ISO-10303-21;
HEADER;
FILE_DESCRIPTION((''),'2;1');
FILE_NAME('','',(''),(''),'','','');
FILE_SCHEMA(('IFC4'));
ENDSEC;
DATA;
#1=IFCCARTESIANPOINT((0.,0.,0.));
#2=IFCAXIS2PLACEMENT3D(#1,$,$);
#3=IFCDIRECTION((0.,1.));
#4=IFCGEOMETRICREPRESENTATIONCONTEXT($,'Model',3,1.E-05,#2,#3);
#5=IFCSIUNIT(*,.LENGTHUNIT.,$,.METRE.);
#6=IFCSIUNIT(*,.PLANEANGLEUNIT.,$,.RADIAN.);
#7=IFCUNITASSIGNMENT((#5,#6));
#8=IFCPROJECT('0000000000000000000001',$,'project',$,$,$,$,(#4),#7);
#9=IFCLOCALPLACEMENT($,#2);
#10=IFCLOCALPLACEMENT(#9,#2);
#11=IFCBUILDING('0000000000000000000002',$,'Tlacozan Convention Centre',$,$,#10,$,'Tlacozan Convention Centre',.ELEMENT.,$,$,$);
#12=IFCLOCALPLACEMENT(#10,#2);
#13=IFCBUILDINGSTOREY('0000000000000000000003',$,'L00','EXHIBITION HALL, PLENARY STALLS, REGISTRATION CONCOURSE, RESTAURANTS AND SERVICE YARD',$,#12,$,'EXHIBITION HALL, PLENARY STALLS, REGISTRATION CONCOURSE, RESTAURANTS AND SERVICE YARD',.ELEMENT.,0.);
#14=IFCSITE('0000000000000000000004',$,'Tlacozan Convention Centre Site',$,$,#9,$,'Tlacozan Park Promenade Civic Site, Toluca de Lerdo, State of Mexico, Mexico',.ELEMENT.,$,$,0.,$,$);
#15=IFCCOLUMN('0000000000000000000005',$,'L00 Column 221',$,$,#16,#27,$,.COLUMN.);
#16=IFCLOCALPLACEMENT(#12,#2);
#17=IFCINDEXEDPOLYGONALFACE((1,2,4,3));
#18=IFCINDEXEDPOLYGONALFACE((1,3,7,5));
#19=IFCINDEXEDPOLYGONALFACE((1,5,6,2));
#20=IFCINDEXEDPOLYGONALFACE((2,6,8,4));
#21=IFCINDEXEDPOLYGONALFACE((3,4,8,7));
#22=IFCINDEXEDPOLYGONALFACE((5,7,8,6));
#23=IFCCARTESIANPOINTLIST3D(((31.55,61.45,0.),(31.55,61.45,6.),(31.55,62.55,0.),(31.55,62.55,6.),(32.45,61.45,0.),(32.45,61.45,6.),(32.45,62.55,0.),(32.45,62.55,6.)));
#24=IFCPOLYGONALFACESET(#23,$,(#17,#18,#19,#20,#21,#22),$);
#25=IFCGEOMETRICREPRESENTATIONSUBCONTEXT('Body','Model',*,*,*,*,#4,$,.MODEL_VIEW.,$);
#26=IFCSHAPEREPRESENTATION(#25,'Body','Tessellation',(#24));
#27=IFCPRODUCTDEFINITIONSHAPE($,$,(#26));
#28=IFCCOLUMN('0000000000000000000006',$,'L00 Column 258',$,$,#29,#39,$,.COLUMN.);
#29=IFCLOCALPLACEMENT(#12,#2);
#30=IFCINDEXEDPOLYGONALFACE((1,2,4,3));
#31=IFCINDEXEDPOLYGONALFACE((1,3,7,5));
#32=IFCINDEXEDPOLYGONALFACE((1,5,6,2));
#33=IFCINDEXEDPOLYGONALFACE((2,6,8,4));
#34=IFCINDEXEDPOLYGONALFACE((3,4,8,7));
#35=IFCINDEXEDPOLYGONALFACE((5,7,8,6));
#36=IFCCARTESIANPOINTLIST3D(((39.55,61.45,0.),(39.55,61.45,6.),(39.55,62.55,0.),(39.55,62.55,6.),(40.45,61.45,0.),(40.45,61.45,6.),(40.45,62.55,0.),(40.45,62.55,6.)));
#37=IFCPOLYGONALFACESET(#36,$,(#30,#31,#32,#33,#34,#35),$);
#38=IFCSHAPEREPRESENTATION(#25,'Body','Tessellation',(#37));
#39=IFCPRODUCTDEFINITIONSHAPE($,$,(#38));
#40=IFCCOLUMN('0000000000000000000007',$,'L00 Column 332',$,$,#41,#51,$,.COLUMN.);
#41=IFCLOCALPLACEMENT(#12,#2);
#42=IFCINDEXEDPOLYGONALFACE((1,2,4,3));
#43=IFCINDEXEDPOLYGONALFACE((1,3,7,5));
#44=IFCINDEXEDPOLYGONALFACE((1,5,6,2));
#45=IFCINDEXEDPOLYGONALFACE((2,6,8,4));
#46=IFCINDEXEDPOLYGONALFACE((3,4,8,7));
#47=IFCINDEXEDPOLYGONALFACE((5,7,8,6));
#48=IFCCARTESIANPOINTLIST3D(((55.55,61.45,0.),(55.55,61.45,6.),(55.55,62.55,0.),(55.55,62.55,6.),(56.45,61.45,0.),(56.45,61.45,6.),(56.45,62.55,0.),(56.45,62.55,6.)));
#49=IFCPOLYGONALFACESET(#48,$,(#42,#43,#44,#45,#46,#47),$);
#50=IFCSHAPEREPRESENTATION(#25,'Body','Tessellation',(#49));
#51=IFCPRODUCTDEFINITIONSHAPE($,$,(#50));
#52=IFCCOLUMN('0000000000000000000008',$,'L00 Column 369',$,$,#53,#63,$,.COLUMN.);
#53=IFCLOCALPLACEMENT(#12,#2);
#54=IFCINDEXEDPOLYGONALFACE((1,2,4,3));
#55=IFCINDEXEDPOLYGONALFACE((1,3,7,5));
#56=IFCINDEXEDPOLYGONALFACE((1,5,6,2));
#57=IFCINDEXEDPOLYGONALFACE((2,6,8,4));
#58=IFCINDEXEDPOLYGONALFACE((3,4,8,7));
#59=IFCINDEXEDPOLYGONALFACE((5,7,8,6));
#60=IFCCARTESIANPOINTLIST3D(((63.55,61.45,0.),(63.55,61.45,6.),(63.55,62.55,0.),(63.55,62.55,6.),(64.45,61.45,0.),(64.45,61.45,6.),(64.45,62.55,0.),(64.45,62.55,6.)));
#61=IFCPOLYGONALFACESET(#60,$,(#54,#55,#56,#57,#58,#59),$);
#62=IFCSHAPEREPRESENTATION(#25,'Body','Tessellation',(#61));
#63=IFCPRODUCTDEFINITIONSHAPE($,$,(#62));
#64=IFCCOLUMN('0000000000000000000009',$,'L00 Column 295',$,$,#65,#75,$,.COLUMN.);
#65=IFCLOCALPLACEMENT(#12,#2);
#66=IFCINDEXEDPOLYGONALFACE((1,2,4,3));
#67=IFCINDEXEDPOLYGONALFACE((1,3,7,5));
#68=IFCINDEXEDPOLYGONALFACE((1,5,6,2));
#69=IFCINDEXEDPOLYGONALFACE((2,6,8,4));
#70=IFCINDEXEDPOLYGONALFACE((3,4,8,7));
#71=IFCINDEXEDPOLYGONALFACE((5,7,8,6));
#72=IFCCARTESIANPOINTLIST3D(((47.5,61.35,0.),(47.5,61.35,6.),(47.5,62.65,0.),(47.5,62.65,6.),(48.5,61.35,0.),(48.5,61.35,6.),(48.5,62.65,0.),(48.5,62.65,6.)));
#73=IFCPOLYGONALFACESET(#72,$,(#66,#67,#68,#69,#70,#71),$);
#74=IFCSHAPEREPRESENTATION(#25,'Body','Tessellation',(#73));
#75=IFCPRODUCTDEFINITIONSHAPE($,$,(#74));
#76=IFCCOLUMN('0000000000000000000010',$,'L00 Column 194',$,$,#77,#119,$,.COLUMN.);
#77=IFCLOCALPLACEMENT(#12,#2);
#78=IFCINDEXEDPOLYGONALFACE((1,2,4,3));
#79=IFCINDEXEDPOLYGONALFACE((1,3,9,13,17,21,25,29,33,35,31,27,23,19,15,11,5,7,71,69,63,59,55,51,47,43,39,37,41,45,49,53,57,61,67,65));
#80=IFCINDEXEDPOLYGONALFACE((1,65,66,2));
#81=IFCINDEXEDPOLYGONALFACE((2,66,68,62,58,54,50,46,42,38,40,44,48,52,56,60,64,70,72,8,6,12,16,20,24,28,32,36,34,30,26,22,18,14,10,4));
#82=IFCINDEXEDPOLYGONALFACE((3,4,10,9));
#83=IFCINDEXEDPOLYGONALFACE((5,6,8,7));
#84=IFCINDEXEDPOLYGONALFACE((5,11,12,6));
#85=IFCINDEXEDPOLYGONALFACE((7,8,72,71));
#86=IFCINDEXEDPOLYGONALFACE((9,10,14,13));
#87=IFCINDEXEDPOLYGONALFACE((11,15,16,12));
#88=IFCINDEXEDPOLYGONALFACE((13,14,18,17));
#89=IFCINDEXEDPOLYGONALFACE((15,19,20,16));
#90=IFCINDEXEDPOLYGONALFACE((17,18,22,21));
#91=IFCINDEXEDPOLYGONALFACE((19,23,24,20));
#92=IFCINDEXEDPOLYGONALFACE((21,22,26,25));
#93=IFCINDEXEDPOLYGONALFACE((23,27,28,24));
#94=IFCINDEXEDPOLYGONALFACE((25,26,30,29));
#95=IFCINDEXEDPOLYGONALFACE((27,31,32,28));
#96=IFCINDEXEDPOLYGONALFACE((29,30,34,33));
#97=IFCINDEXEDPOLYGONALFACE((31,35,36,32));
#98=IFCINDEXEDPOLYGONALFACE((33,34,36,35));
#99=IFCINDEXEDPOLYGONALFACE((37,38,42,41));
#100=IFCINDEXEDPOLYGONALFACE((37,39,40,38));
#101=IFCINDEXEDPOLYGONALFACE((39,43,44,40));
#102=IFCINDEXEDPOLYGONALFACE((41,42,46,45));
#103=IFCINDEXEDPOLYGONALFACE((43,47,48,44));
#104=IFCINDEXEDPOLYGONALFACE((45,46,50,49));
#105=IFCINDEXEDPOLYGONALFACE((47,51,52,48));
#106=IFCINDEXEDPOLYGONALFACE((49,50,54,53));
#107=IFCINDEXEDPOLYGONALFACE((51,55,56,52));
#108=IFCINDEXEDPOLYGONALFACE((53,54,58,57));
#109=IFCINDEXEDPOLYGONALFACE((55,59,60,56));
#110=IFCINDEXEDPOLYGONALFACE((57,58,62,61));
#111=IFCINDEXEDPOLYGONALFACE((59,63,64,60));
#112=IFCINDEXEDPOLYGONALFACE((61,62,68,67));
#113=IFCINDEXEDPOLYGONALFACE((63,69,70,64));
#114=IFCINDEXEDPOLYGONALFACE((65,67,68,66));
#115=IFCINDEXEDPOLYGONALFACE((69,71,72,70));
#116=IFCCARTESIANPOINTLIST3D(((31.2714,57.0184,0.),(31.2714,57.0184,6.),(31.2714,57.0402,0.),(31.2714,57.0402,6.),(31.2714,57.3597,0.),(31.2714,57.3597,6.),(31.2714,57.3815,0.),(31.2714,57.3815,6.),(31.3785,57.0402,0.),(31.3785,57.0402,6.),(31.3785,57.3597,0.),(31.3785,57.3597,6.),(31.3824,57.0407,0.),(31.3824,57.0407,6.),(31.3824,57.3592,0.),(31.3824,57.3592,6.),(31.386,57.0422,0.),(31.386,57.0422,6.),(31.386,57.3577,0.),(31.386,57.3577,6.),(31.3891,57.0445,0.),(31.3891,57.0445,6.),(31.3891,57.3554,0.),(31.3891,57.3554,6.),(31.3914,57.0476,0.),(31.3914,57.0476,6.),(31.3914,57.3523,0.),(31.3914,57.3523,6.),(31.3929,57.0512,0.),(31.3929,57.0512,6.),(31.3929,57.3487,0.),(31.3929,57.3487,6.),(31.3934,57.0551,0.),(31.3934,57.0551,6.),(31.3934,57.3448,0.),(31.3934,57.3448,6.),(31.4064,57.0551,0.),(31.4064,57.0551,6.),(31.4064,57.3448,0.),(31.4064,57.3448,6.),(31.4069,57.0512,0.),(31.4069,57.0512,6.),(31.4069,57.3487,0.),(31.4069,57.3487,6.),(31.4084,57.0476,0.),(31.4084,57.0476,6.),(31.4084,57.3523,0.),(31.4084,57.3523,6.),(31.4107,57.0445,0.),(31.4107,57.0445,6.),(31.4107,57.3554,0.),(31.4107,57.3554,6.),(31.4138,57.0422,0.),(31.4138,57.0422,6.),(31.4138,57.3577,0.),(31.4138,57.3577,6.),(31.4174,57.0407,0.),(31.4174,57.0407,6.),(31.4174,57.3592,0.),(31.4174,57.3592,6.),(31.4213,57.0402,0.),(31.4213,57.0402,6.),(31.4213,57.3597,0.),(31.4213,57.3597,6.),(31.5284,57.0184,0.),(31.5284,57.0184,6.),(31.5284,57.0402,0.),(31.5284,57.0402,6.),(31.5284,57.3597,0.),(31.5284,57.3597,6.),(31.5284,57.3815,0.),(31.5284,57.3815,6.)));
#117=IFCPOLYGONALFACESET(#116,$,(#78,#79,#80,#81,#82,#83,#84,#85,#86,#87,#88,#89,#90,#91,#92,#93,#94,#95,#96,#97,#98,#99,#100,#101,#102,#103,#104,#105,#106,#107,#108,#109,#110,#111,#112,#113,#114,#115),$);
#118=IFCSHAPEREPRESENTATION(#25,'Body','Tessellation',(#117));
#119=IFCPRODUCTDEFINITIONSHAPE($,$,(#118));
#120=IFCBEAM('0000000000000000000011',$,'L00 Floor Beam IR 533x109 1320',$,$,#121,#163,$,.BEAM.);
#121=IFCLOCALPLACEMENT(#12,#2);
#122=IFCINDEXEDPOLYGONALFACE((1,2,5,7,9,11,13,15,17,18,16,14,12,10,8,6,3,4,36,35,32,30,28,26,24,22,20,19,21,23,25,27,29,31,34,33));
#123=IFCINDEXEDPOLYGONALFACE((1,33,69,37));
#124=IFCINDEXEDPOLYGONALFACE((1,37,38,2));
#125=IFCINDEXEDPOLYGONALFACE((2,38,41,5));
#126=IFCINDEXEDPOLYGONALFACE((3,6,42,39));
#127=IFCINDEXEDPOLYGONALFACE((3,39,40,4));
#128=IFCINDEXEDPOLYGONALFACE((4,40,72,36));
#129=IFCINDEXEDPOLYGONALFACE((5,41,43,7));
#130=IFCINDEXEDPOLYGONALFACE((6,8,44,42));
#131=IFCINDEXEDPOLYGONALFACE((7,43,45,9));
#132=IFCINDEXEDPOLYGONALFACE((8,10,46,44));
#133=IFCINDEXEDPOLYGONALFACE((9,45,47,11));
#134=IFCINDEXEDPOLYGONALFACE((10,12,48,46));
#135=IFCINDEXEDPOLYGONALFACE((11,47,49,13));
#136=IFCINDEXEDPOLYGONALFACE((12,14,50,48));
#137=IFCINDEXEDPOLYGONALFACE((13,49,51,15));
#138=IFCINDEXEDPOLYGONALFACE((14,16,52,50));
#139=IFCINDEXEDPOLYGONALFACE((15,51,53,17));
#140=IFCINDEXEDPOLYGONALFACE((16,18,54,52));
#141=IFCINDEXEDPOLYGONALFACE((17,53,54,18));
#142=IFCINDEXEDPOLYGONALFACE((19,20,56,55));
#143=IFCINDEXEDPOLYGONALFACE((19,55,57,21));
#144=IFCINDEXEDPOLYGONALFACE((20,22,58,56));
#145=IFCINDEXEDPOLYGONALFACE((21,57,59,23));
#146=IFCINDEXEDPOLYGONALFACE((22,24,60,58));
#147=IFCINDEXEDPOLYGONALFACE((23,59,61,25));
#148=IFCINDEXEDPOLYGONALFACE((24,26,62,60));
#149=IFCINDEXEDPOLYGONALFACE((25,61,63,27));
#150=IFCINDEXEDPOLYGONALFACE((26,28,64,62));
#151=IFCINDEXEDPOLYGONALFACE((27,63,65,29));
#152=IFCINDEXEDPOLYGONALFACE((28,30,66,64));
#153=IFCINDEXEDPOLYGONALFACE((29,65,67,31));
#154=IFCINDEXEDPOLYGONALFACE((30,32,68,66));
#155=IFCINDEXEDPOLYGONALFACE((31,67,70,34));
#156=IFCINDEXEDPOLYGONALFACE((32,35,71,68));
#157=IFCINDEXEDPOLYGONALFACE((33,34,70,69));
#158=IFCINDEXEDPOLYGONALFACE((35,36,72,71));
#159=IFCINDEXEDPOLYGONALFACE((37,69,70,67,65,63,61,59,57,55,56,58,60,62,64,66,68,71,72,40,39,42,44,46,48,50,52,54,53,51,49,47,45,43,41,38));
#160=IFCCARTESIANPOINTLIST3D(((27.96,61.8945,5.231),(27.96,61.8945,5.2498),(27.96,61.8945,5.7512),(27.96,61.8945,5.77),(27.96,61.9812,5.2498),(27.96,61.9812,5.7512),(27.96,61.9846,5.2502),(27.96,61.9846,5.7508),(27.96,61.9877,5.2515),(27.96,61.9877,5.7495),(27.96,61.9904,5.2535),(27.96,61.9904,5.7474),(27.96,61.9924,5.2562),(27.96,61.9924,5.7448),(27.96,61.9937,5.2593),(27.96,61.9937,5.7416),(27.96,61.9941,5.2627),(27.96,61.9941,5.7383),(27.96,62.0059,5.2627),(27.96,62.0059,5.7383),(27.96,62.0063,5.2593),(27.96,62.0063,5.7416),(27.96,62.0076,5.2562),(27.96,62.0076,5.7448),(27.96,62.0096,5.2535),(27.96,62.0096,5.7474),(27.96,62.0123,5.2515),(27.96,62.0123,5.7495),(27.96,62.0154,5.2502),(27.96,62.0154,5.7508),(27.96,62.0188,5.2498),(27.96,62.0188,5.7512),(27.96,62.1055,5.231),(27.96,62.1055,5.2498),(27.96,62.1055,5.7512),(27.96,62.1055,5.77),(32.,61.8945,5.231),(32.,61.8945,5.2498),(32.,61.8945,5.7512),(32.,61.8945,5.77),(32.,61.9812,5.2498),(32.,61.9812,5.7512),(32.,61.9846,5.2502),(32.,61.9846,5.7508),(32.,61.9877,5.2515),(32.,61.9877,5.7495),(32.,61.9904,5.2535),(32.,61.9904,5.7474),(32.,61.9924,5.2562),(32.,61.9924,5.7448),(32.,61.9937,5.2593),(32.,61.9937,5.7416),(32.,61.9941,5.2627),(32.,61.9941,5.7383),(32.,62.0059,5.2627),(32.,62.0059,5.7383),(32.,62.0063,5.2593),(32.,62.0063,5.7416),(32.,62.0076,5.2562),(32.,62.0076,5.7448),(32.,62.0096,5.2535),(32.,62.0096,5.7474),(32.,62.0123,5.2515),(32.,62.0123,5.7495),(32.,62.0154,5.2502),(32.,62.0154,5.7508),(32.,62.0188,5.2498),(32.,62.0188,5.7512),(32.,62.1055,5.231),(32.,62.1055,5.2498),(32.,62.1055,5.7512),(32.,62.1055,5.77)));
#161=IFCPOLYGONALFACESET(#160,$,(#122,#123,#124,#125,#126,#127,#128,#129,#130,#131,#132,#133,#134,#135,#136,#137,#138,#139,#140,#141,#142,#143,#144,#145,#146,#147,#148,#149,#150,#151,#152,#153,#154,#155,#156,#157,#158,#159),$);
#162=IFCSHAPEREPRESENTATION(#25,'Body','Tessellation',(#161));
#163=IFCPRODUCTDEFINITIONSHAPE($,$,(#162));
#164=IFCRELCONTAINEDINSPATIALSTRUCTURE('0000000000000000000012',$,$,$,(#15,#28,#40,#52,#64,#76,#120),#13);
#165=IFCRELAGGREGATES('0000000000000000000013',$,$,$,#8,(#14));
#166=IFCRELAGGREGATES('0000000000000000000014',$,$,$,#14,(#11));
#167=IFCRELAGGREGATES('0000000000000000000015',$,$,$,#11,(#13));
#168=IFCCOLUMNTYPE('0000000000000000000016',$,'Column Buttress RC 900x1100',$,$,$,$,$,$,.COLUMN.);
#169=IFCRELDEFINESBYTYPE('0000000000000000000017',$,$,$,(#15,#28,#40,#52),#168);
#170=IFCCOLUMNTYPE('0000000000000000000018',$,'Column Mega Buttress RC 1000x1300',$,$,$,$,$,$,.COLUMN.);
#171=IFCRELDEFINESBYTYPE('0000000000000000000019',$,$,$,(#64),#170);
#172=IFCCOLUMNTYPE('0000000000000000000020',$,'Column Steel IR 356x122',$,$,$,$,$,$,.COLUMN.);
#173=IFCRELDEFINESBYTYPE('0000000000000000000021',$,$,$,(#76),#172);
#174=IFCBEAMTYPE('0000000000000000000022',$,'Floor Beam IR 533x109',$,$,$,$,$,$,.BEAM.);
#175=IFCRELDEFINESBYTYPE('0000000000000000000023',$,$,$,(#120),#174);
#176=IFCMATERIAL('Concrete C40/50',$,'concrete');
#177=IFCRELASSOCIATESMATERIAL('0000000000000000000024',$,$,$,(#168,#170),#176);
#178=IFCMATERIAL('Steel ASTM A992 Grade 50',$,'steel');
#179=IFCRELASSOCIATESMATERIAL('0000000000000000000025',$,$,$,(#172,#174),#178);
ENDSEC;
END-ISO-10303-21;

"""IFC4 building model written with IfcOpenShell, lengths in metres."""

from ifc_helpers import new_model, si_unit, direction, frame, origin, origin_2d, place, context, subcontext, project, spatial, rectangle, i_section, extrude, material, material_profile, profile_set, type_object, element, save


model = new_model("IFC4")

# Units and contexts
model_context = context("Model", 3, precision=1e-05, world=origin(), true_north=direction((0.0, 1.0)))
body_context = subcontext(model_context, "Body", "Model", "MODEL_VIEW")
ifc_project = project(units=[si_unit("LENGTHUNIT", "METRE"), si_unit("PLANEANGLEUNIT", "RADIAN")], contexts=[model_context])

# Site, building, storey
site_placement = place(None, origin())
site = spatial("IfcSite", under=ifc_project, at=site_placement, Name="Tlacozan Convention Centre Site", LongName="Tlacozan Park Promenade Civic Site, Toluca de Lerdo, State of Mexico, Mexico", CompositionType="ELEMENT", RefElevation=0.0)
building_placement = place(site_placement, origin())
building = spatial("IfcBuilding", under=site, at=building_placement, Name="Tlacozan Convention Centre", LongName="Tlacozan Convention Centre", CompositionType="ELEMENT")
storey_placement = place(building_placement, origin())
storey = spatial("IfcBuildingStorey", under=building, at=storey_placement, Name="L00", Description="EXHIBITION HALL, PLENARY STALLS, REGISTRATION CONCOURSE, RESTAURANTS AND SERVICE YARD", LongName="EXHIBITION HALL, PLENARY STALLS, REGISTRATION CONCOURSE, RESTAURANTS AND SERVICE YARD", CompositionType="ELEMENT", Elevation=0.0)

# Columns
ifc_material_1 = material(Name="Concrete C40/50", Category="concrete")
ifc_material_profile_1 = material_profile(ifc_material_1, rectangle(XDim=0.8999, YDim=1.1001, at=origin_2d()), Name="RC 900x1100")
ifc_profile_set_1 = profile_set([ifc_material_profile_1], Name="Concrete C40/50")
column_type_1 = type_object("IfcColumnType", Name="Column Buttress RC 900x1100", PredefinedType="COLUMN", material=ifc_profile_set_1)
for number, where, z_axis, x_axis, name in (
    (1, (32.0, 62.0, 0.0), (0.0, 0.0, 1.0), (1.0, 0.0, 0.0), "L00 Column 221"),
    (2, (40.0, 62.0, 0.0), (0.0, 0.0, 1.0), (1.0, 0.0, 0.0), "L00 Column 258"),
    (3, (56.0, 62.0, 0.0), (0.0, 0.0, 1.0), (1.0, 0.0, 0.0), "L00 Column 332"),
    (4, (64.0, 62.0, 0.0), (0.0, 0.0, 1.0), (1.0, 0.0, 0.0), "L00 Column 369"),
):
    element("IfcColumn", number, at=place(storey_placement, frame(where, z_axis=z_axis, x_axis=x_axis)), inside=storey, type_object=column_type_1, Name=name, PredefinedType="COLUMN", context=body_context, shape_type="SweptSolid", body=[
        extrude(rectangle(XDim=0.8999, YDim=1.1001, at=origin_2d()), origin(), (0.0, 0.0, 1.0), 6.0),
    ])
ifc_material_profile_2 = material_profile(ifc_material_1, rectangle(XDim=1.0, YDim=1.3, at=origin_2d()), Name="RC 1000x1300")
ifc_profile_set_2 = profile_set([ifc_material_profile_2], Name="Concrete C40/50")
column_type_2 = type_object("IfcColumnType", Name="Column Mega Buttress RC 1000x1300", PredefinedType="COLUMN", material=ifc_profile_set_2)
column_1_placement = place(storey_placement, frame((48.0, 62.0, 0.0), z_axis=(0.0, 0.0, 1.0), x_axis=(1.0, 0.0, 0.0)))
element("IfcColumn", 5, at=column_1_placement, inside=storey, type_object=column_type_2, Name="L00 Column 295", PredefinedType="COLUMN", context=body_context, shape_type="SweptSolid", body=[
    extrude(rectangle(XDim=1.0, YDim=1.3, at=origin_2d()), origin(), (0.0, 0.0, 1.0), 6.0),
])
ifc_material_2 = material(Name="Steel ASTM A992 Grade 50", Category="steel")
ifc_material_profile_3 = material_profile(ifc_material_2, i_section(OverallWidth=0.2571, OverallDepth=0.363, WebThickness=0.0129, FlangeThickness=0.0217, FilletRadius=0.0149, at=origin_2d()), Name="IR 356x122.0")
ifc_profile_set_3 = profile_set([ifc_material_profile_3], Name="Steel ASTM A992 Grade 50")
column_type_3 = type_object("IfcColumnType", Name="Column Steel IR 356x122", PredefinedType="COLUMN", material=ifc_profile_set_3)
column_2_placement = place(storey_placement, frame((31.3999, 57.2, 0.0), z_axis=(0.0, 0.0, 1.0), x_axis=(1.0, 0.0, 0.0)))
element("IfcColumn", 6, at=column_2_placement, inside=storey, type_object=column_type_3, Name="L00 Column 194", PredefinedType="COLUMN", context=body_context, shape_type="SweptSolid", body=[
    extrude(i_section(OverallWidth=0.2571, OverallDepth=0.363, WebThickness=0.0129, FlangeThickness=0.0217, FilletRadius=0.0149, at=origin_2d()), origin(), (0.0, 0.0, 1.0), 6.0),
])

# Beam
ifc_material_profile_4 = material_profile(ifc_material_2, i_section(OverallWidth=0.2109, OverallDepth=0.5391, WebThickness=0.0117, FlangeThickness=0.0188, FilletRadius=0.0129, at=origin_2d()), Name="IR 533x109.0")
ifc_profile_set_4 = profile_set([ifc_material_profile_4], Name="Steel ASTM A992 Grade 50")
beam_type_1 = type_object("IfcBeamType", Name="Floor Beam IR 533x109", PredefinedType="BEAM", material=ifc_profile_set_4)
beam_placement = place(storey_placement, frame((27.96, 62.0, 5.5005), z_axis=(1.0, 0.0, 0.0), x_axis=(0.0, 1.0, 0.0)))
element("IfcBeam", 7, at=beam_placement, inside=storey, type_object=beam_type_1, Name="L00 Floor Beam IR 533x109 1320", PredefinedType="BEAM", context=body_context, shape_type="SweptSolid", body=[
    extrude(i_section(OverallWidth=0.2109, OverallDepth=0.5391, WebThickness=0.0117, FlangeThickness=0.0188, FilletRadius=0.0129, at=origin_2d()), origin(), (0.0, 0.0, 1.0), 4.04),
])

save(model, "model.ifc")
